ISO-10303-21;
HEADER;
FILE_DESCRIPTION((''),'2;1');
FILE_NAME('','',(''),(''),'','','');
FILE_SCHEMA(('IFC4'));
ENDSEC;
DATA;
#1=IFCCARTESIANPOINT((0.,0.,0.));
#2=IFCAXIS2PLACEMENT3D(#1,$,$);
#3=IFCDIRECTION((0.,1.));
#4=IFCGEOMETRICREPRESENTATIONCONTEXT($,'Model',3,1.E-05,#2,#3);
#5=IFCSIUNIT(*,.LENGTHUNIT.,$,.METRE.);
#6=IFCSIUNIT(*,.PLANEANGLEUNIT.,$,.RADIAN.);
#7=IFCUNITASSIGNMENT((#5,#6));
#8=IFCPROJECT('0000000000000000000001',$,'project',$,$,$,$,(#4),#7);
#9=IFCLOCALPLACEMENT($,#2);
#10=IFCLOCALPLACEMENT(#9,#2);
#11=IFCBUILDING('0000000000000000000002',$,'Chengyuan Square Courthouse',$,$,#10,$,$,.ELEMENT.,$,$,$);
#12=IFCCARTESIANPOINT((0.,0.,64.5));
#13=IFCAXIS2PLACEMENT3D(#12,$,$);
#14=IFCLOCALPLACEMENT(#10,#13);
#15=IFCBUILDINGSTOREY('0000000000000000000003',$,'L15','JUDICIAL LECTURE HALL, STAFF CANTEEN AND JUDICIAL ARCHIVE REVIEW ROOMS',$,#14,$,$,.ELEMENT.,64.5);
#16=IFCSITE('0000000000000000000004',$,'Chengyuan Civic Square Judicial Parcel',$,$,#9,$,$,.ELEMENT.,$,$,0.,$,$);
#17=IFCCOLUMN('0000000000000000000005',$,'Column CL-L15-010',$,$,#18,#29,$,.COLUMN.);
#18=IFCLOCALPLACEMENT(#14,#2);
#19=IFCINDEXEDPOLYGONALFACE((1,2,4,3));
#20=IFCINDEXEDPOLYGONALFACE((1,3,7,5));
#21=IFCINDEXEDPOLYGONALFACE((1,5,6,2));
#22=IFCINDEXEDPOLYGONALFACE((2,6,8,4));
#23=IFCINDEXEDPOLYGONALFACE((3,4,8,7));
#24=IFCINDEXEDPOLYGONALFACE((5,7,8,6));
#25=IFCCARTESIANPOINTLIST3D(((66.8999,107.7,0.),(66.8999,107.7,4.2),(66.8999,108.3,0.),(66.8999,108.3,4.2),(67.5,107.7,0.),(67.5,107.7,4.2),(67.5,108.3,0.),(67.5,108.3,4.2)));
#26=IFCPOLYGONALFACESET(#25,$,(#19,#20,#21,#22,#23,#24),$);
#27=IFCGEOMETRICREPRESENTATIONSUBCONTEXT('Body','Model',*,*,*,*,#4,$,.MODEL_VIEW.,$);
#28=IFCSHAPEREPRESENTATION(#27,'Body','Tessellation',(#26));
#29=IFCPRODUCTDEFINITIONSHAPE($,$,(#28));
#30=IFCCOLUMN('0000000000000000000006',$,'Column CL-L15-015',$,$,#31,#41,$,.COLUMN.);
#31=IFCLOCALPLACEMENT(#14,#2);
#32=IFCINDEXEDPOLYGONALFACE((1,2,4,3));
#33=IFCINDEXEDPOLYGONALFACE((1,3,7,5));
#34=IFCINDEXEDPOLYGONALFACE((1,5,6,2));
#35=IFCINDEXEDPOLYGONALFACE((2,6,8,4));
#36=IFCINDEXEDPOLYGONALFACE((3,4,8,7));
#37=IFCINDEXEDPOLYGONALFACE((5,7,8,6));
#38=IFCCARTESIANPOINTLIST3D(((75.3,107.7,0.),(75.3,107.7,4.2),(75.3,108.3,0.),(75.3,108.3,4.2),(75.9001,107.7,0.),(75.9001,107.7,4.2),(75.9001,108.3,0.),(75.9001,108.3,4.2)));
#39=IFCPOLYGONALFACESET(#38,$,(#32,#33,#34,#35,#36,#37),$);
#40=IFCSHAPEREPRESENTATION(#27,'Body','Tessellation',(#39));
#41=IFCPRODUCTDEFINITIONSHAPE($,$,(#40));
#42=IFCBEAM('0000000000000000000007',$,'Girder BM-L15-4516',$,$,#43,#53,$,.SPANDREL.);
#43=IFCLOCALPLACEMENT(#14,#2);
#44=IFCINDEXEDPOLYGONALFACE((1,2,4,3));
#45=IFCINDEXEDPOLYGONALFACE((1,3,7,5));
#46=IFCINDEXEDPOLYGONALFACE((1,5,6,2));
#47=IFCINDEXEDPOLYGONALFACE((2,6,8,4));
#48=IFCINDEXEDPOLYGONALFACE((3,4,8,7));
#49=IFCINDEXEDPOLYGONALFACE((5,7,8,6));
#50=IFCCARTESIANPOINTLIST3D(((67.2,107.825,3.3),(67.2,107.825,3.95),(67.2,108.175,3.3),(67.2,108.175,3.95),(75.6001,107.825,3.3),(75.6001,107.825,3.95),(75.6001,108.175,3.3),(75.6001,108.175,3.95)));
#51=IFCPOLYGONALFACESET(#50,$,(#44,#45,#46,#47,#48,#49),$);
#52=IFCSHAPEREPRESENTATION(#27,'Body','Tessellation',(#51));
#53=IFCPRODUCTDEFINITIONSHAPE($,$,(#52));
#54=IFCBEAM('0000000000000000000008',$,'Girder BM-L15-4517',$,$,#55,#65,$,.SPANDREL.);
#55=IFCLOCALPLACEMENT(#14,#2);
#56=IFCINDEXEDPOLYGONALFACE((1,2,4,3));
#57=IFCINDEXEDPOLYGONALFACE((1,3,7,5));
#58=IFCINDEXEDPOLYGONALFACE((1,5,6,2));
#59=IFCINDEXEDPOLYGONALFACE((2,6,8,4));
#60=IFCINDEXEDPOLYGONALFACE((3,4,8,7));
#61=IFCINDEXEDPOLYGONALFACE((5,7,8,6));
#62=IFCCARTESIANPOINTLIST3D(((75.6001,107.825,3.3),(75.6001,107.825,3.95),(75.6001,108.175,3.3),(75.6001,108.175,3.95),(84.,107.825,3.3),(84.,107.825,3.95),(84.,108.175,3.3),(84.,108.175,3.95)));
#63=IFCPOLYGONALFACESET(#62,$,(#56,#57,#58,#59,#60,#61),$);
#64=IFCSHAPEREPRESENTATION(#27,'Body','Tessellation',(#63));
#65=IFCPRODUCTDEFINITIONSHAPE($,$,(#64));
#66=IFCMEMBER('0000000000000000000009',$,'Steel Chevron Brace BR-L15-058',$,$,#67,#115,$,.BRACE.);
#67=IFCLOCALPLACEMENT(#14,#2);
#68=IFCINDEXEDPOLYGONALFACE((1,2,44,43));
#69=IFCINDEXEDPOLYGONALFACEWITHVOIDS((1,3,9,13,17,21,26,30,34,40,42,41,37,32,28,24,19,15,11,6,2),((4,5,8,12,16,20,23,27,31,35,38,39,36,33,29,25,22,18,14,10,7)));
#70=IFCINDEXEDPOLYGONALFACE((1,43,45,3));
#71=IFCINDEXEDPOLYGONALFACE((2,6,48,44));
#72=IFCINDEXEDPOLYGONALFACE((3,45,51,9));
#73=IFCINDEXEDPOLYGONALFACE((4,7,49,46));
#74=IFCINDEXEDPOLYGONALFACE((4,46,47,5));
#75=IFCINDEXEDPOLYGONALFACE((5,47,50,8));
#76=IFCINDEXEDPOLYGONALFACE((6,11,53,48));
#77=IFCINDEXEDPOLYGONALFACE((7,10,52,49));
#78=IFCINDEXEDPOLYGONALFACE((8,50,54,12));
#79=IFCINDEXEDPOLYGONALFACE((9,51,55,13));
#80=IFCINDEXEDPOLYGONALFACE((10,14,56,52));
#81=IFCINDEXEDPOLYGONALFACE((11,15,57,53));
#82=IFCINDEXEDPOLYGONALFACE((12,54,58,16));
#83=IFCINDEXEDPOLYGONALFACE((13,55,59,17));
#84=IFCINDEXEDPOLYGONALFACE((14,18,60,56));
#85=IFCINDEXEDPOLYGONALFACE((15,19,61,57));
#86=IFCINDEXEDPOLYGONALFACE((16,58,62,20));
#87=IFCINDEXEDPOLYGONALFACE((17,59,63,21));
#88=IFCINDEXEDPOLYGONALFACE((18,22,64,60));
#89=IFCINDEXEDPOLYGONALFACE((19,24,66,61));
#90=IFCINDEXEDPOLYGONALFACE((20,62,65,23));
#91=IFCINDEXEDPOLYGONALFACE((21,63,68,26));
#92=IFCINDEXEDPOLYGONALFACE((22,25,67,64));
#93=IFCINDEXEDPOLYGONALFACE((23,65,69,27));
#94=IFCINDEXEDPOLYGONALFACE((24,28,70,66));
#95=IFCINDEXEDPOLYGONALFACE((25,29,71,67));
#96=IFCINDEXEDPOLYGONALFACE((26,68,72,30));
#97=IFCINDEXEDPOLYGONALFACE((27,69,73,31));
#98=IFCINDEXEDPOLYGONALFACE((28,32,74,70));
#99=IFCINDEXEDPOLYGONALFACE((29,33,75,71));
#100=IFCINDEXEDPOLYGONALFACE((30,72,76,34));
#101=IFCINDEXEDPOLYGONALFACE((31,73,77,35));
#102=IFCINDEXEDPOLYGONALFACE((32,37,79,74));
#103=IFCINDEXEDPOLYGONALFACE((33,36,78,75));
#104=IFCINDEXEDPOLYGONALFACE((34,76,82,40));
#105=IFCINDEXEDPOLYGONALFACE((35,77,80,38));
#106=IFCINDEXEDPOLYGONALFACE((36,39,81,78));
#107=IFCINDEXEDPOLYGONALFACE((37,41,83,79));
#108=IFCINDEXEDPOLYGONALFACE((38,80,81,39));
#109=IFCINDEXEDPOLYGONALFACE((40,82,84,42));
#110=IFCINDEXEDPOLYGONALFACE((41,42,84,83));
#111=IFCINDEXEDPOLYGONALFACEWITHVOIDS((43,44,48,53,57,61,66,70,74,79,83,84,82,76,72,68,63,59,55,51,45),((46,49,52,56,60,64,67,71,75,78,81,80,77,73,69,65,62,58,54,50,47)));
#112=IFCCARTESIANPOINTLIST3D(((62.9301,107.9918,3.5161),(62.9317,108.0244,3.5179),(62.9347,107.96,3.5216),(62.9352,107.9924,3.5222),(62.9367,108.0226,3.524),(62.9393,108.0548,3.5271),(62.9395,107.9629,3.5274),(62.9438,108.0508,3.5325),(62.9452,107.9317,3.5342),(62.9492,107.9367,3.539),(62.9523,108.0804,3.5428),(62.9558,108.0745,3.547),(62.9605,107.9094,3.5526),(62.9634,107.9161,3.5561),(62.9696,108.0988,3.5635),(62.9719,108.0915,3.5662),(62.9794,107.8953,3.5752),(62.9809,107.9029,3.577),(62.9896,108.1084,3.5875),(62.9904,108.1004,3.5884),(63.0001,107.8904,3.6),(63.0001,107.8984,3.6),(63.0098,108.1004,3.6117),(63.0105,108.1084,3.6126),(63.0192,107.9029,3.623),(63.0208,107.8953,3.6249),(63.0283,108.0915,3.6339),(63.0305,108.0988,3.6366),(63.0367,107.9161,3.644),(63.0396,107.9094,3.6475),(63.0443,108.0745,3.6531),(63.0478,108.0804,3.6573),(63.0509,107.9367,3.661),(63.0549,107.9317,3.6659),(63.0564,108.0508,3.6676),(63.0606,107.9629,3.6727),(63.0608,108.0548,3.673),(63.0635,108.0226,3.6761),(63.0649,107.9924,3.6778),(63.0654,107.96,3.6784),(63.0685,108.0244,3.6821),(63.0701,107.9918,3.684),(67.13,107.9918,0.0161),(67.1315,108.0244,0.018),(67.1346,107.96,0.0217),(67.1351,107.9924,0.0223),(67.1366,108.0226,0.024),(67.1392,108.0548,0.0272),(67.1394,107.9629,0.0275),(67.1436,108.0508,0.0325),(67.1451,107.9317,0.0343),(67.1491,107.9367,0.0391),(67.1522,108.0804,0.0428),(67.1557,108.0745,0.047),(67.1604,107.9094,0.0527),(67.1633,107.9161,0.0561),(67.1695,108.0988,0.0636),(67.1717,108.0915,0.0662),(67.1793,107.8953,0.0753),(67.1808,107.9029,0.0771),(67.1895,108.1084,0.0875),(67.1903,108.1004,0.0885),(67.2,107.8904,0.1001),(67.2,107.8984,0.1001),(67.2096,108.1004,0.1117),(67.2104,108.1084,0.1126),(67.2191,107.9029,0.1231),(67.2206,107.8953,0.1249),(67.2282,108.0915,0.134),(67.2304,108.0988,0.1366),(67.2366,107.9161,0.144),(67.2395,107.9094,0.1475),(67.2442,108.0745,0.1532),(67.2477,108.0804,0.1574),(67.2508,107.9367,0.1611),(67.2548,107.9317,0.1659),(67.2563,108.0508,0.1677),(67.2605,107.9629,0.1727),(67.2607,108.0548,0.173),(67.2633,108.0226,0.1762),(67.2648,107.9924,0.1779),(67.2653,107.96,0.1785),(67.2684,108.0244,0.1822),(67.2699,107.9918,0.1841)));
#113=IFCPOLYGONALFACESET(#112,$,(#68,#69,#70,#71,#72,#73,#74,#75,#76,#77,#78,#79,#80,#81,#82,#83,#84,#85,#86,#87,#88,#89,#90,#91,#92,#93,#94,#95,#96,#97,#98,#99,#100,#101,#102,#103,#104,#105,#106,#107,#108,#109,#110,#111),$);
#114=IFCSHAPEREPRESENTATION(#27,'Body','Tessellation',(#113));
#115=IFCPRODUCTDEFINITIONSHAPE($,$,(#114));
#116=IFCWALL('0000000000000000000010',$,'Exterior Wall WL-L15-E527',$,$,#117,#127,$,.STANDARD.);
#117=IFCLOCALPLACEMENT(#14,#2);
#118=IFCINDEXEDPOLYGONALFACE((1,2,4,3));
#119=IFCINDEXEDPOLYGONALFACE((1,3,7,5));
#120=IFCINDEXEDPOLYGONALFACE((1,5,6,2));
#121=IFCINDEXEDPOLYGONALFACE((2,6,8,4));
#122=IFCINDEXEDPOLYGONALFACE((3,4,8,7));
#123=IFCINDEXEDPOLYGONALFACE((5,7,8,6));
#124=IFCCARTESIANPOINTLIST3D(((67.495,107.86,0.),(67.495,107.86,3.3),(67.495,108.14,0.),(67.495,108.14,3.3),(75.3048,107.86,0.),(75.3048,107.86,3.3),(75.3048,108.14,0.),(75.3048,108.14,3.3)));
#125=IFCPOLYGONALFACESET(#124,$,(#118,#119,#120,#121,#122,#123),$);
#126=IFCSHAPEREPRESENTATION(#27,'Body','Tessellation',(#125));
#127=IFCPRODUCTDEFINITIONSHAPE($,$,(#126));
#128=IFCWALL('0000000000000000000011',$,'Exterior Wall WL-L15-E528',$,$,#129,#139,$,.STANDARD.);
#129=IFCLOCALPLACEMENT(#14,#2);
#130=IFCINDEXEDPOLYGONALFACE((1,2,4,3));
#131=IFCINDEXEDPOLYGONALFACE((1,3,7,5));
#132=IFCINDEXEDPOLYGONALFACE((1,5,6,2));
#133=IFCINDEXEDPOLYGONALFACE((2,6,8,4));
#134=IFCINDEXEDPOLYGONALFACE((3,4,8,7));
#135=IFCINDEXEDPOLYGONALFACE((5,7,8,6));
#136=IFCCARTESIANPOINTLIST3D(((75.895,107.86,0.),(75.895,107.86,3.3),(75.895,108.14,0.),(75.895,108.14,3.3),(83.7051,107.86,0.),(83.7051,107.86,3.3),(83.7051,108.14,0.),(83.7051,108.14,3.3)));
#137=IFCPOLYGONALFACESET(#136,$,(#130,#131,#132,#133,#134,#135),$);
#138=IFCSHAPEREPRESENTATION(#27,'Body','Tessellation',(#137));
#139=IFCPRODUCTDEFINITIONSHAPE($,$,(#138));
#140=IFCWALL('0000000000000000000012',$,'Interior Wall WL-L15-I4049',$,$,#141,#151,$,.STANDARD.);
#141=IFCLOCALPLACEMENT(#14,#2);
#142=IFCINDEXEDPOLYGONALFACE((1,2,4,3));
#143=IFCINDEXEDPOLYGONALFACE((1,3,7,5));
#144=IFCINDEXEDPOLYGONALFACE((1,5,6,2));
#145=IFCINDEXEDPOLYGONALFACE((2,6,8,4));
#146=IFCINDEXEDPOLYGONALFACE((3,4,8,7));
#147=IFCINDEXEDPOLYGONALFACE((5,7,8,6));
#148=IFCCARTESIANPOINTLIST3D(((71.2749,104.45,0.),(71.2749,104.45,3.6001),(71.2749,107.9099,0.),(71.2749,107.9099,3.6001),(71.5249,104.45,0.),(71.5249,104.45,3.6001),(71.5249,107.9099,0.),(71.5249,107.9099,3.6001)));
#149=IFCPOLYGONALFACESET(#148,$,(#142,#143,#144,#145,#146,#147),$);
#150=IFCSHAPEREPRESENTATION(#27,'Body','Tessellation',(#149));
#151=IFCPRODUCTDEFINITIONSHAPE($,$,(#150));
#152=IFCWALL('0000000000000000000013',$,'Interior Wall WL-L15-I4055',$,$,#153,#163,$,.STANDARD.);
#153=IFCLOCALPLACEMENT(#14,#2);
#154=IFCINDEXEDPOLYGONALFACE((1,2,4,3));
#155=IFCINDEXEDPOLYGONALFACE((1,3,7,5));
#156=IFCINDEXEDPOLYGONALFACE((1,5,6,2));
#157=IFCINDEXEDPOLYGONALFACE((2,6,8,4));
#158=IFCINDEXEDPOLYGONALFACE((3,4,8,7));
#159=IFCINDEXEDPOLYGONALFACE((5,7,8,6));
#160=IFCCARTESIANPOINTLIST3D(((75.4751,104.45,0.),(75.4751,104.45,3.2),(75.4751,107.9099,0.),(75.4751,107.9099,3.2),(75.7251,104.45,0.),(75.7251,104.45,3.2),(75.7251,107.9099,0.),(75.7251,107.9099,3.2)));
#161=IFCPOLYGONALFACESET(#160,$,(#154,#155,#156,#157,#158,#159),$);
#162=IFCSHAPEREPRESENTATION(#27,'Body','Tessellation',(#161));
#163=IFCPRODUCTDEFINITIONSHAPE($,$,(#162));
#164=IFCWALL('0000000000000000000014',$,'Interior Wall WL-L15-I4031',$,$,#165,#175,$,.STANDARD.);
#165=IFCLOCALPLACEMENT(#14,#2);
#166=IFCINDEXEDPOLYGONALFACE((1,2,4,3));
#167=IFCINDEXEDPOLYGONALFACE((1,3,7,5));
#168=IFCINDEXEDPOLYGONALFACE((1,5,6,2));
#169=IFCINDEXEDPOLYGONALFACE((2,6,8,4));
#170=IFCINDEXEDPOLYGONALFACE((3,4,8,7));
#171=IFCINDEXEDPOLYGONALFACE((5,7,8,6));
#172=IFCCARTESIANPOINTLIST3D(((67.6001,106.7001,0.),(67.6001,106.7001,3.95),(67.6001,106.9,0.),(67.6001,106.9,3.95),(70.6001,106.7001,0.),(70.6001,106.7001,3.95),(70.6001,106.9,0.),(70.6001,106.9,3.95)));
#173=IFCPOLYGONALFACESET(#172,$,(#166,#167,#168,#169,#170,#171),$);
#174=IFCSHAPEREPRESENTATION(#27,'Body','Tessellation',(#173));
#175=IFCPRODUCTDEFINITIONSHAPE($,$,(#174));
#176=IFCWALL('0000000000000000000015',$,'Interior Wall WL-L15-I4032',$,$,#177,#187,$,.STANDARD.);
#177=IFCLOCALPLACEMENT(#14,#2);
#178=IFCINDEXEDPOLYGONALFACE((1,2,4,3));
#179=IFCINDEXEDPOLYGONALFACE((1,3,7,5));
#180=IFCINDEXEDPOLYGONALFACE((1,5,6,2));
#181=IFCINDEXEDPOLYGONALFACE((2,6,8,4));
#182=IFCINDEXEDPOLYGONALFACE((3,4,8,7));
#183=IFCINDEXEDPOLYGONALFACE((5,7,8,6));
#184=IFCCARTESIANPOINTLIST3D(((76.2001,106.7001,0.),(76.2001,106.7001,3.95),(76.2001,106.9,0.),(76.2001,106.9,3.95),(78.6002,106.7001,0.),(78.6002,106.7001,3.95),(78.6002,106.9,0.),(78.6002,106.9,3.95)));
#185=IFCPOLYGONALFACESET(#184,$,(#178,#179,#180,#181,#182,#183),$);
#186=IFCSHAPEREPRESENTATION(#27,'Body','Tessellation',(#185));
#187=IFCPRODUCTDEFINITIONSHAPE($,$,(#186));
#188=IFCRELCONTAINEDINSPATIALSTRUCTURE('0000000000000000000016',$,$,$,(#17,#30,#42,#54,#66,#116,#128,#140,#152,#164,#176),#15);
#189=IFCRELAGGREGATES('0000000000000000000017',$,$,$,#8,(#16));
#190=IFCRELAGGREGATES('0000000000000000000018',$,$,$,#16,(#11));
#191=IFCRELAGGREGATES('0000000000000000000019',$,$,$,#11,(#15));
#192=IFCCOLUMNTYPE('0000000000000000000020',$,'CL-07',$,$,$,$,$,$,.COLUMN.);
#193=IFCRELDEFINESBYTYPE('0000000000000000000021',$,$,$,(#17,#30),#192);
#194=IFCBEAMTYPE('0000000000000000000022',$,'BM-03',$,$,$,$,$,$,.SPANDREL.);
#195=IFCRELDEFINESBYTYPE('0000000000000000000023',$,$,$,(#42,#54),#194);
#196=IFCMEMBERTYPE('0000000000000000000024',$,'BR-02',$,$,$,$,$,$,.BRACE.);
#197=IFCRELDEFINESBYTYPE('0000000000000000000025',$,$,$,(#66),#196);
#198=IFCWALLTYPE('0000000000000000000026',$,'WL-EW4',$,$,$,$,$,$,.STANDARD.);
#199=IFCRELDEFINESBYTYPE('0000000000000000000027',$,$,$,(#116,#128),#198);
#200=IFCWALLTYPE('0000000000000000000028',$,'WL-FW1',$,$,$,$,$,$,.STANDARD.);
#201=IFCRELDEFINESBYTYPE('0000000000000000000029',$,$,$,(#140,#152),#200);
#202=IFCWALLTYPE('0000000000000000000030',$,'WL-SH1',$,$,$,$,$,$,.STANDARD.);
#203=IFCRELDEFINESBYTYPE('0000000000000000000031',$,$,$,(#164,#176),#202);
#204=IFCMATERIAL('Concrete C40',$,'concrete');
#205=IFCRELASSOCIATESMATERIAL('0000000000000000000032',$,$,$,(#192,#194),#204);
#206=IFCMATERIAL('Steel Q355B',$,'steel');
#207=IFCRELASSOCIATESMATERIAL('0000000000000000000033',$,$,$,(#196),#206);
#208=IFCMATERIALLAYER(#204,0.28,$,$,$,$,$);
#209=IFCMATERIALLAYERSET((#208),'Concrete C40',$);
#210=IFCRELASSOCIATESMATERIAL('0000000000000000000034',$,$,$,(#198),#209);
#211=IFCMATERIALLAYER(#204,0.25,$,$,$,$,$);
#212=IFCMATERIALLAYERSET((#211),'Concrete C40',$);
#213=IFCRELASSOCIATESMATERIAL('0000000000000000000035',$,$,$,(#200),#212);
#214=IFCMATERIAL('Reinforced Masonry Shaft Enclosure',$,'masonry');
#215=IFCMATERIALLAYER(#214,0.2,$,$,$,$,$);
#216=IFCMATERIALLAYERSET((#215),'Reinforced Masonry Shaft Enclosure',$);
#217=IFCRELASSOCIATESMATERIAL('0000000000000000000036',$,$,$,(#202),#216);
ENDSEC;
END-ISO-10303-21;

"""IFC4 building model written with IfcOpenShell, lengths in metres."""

from ifc_helpers import new_model, si_unit, direction, frame, frame_2d, origin, origin_2d, place, context, subcontext, project, spatial, rectangle, hollow_circle, extrude, material, layer, layer_set, material_profile, profile_set, type_object, element, save


model = new_model("IFC4")

# Units and contexts
model_context = context("Model", 3, precision=1e-05, world=origin(), true_north=direction((0.0, 1.0)))
body_context = subcontext(model_context, "Body", "Model", "MODEL_VIEW")
ifc_project = project(units=[si_unit("LENGTHUNIT", "METRE"), si_unit("PLANEANGLEUNIT", "RADIAN")], contexts=[model_context])

# Site, building, storey
site_placement = place(None, origin())
site = spatial("IfcSite", under=ifc_project, at=site_placement, Name="Chengyuan Civic Square Judicial Parcel", CompositionType="ELEMENT", RefElevation=0.0)
building_placement = place(site_placement, origin())
building = spatial("IfcBuilding", under=site, at=building_placement, Name="Chengyuan Square Courthouse", CompositionType="ELEMENT")
storey_placement = place(building_placement, frame((0.0, 0.0, 64.5)))
storey = spatial("IfcBuildingStorey", under=building, at=storey_placement, Name="L15", Description="JUDICIAL LECTURE HALL, STAFF CANTEEN AND JUDICIAL ARCHIVE REVIEW ROOMS", CompositionType="ELEMENT", Elevation=64.5)

# Columns
ifc_material_1 = material(Name="Concrete C40", Category="concrete")
ifc_material_profile_1 = material_profile(ifc_material_1, rectangle(XDim=0.6001, YDim=0.6001, at=origin_2d()), Name="RC-COL-600x600")
ifc_profile_set_1 = profile_set([ifc_material_profile_1], Name="Concrete C40")
column_type = type_object("IfcColumnType", Name="CL-07", PredefinedType="COLUMN", material=ifc_profile_set_1)
for number, where, z_axis, x_axis, name in (
    (1, (67.2, 108.0, 0.0), (0.0, 0.0, 1.0), (1.0, 0.0, 0.0), "Column CL-L15-010"),
    (2, (75.6001, 108.0, 0.0), (0.0, 0.0, 1.0), (1.0, 0.0, 0.0), "Column CL-L15-015"),
):
    element("IfcColumn", number, at=place(storey_placement, frame(where, z_axis=z_axis, x_axis=x_axis)), inside=storey, type_object=column_type, Name=name, PredefinedType="COLUMN", context=body_context, shape_type="SweptSolid", body=[
        extrude(rectangle(XDim=0.6001, YDim=0.6001, at=origin_2d()), origin(), (0.0, 0.0, 1.0), 4.2),
    ])

# Beams
ifc_material_profile_2 = material_profile(ifc_material_1, rectangle(XDim=0.3501, YDim=0.6499, at=origin_2d()), Name="RC-BM-350x650")
ifc_profile_set_2 = profile_set([ifc_material_profile_2], Name="Concrete C40")
beam_type = type_object("IfcBeamType", Name="BM-03", PredefinedType="SPANDREL", material=ifc_profile_set_2)
beam_1_placement = place(storey_placement, frame((67.2, 108.0, 3.625), z_axis=(1.0, 0.0, 0.0), x_axis=(0.0, 1.0, 0.0)))
element("IfcBeam", 3, at=beam_1_placement, inside=storey, type_object=beam_type, Name="Girder BM-L15-4516", PredefinedType="SPANDREL", context=body_context, shape_type="SweptSolid", body=[
    extrude(rectangle(XDim=0.3501, YDim=0.6499, at=origin_2d()), origin(), (0.0, 0.0, 1.0), 8.4001),
])
beam_2_placement = place(storey_placement, frame((75.6001, 108.0, 3.625), z_axis=(1.0, 0.0, 0.0), x_axis=(0.0, 1.0, 0.0)))
element("IfcBeam", 4, at=beam_2_placement, inside=storey, type_object=beam_type, Name="Girder BM-L15-4517", PredefinedType="SPANDREL", context=body_context, shape_type="SweptSolid", body=[
    extrude(rectangle(XDim=0.3501, YDim=0.6499, at=origin_2d()), origin(), (0.0, 0.0, 1.0), 8.3999),
])

# Member
ifc_material_2 = material(Name="Steel Q355B", Category="steel")
ifc_material_profile_3 = material_profile(ifc_material_2, hollow_circle(Radius=0.1096, WallThickness=0.0081, at=origin_2d()), Name="CHS 219x8")
ifc_profile_set_3 = profile_set([ifc_material_profile_3], Name="Steel Q355B")
member_type = type_object("IfcMemberType", Name="BR-02", PredefinedType="BRACE", material=ifc_profile_set_3)
member_placement = place(storey_placement, frame((67.2, 108.0, 0.1001), z_axis=(-0.768218, 0.0, 0.640189), x_axis=(0.0, -1.0, 0.0)))
element("IfcMember", 5, at=member_placement, inside=storey, type_object=member_type, Name="Steel Chevron Brace BR-L15-058", PredefinedType="BRACE", context=body_context, shape_type="SweptSolid", body=[
    extrude(hollow_circle(Radius=0.1096, WallThickness=0.0081, at=origin_2d()), origin(), (0.0, 0.0, 1.0), 5.467),
])

# Walls
ifc_layer_1 = layer(ifc_material_1, 0.28)
ifc_layer_set_1 = layer_set([ifc_layer_1], Name="Concrete C40")
wall_type_1 = type_object("IfcWallType", Name="WL-EW4", PredefinedType="STANDARD", material=ifc_layer_set_1)
wall_1_placement = place(storey_placement, frame((67.4951, 108.0, 0.0), z_axis=(0.0, 0.0, 1.0), x_axis=(1.0, 0.0, 0.0)))
element("IfcWall", 6, at=wall_1_placement, inside=storey, type_object=wall_type_1, Name="Exterior Wall WL-L15-E527", PredefinedType="STANDARD", context=body_context, shape_type="SweptSolid", body=[
    extrude(rectangle(XDim=7.8098, YDim=0.28, at=frame_2d((3.9048, 0.0))), origin(), (0.0, 0.0, 1.0), 3.3),
])
wall_2_placement = place(storey_placement, frame((75.895, 108.0, 0.0), z_axis=(0.0, 0.0, 1.0), x_axis=(1.0, 0.0, 0.0)))
element("IfcWall", 7, at=wall_2_placement, inside=storey, type_object=wall_type_1, Name="Exterior Wall WL-L15-E528", PredefinedType="STANDARD", context=body_context, shape_type="SweptSolid", body=[
    extrude(rectangle(XDim=7.8101, YDim=0.28, at=frame_2d((3.905, 0.0))), origin(), (0.0, 0.0, 1.0), 3.3),
])

# Shared definitions
ifc_layer_2 = layer(ifc_material_1, 0.25)
ifc_layer_set_2 = layer_set([ifc_layer_2], Name="Concrete C40")
wall_type_2 = type_object("IfcWallType", Name="WL-FW1", PredefinedType="STANDARD", material=ifc_layer_set_2)

# Walls
wall_3_placement = place(storey_placement, frame((71.3999, 104.45, 0.0), z_axis=(0.0, 0.0, 1.0), x_axis=(0.0, 1.0, 0.0)))
element("IfcWall", 8, at=wall_3_placement, inside=storey, type_object=wall_type_2, Name="Interior Wall WL-L15-I4049", PredefinedType="STANDARD", context=body_context, shape_type="SweptSolid", body=[
    extrude(rectangle(XDim=3.46, YDim=0.25, at=frame_2d((1.73, 0.0))), origin(), (0.0, 0.0, 1.0), 3.6001),
])
wall_4_placement = place(storey_placement, frame((75.6001, 104.45, 0.0), z_axis=(0.0, 0.0, 1.0), x_axis=(0.0, 1.0, 0.0)))
element("IfcWall", 9, at=wall_4_placement, inside=storey, type_object=wall_type_2, Name="Interior Wall WL-L15-I4055", PredefinedType="STANDARD", context=body_context, shape_type="SweptSolid", body=[
    extrude(rectangle(XDim=3.46, YDim=0.25, at=frame_2d((1.73, 0.0))), origin(), (0.0, 0.0, 1.0), 3.2),
])

# Shared definitions
ifc_material_3 = material(Name="Reinforced Masonry Shaft Enclosure", Category="masonry")
ifc_layer_3 = layer(ifc_material_3, 0.2)
ifc_layer_set_3 = layer_set([ifc_layer_3], Name="Reinforced Masonry Shaft Enclosure")
wall_type_3 = type_object("IfcWallType", Name="WL-SH1", PredefinedType="STANDARD", material=ifc_layer_set_3)

# Walls
wall_5_placement = place(storey_placement, frame((67.6001, 106.8, 0.0), z_axis=(0.0, 0.0, 1.0), x_axis=(1.0, 0.0, 0.0)))
element("IfcWall", 10, at=wall_5_placement, inside=storey, type_object=wall_type_3, Name="Interior Wall WL-L15-I4031", PredefinedType="STANDARD", context=body_context, shape_type="SweptSolid", body=[
    extrude(rectangle(XDim=3.0, YDim=0.2, at=frame_2d((1.5, 0.0))), origin(), (0.0, 0.0, 1.0), 3.95),
])
for number, where, z_axis, x_axis, name in (
    (11, (76.2, 106.8, 0.0), (0.0, 0.0, 1.0), (1.0, 0.0, 0.0), "Interior Wall WL-L15-I4032"),
):
    element("IfcWall", number, at=place(storey_placement, frame(where, z_axis=z_axis, x_axis=x_axis)), inside=storey, type_object=wall_type_3, Name=name, PredefinedType="STANDARD", context=body_context, shape_type="SweptSolid", body=[
        extrude(rectangle(XDim=2.4001, YDim=0.2, at=frame_2d((1.2002, 0.0))), origin(), (0.0, 0.0, 1.0), 3.95),
    ])

save(model, "model.ifc")
